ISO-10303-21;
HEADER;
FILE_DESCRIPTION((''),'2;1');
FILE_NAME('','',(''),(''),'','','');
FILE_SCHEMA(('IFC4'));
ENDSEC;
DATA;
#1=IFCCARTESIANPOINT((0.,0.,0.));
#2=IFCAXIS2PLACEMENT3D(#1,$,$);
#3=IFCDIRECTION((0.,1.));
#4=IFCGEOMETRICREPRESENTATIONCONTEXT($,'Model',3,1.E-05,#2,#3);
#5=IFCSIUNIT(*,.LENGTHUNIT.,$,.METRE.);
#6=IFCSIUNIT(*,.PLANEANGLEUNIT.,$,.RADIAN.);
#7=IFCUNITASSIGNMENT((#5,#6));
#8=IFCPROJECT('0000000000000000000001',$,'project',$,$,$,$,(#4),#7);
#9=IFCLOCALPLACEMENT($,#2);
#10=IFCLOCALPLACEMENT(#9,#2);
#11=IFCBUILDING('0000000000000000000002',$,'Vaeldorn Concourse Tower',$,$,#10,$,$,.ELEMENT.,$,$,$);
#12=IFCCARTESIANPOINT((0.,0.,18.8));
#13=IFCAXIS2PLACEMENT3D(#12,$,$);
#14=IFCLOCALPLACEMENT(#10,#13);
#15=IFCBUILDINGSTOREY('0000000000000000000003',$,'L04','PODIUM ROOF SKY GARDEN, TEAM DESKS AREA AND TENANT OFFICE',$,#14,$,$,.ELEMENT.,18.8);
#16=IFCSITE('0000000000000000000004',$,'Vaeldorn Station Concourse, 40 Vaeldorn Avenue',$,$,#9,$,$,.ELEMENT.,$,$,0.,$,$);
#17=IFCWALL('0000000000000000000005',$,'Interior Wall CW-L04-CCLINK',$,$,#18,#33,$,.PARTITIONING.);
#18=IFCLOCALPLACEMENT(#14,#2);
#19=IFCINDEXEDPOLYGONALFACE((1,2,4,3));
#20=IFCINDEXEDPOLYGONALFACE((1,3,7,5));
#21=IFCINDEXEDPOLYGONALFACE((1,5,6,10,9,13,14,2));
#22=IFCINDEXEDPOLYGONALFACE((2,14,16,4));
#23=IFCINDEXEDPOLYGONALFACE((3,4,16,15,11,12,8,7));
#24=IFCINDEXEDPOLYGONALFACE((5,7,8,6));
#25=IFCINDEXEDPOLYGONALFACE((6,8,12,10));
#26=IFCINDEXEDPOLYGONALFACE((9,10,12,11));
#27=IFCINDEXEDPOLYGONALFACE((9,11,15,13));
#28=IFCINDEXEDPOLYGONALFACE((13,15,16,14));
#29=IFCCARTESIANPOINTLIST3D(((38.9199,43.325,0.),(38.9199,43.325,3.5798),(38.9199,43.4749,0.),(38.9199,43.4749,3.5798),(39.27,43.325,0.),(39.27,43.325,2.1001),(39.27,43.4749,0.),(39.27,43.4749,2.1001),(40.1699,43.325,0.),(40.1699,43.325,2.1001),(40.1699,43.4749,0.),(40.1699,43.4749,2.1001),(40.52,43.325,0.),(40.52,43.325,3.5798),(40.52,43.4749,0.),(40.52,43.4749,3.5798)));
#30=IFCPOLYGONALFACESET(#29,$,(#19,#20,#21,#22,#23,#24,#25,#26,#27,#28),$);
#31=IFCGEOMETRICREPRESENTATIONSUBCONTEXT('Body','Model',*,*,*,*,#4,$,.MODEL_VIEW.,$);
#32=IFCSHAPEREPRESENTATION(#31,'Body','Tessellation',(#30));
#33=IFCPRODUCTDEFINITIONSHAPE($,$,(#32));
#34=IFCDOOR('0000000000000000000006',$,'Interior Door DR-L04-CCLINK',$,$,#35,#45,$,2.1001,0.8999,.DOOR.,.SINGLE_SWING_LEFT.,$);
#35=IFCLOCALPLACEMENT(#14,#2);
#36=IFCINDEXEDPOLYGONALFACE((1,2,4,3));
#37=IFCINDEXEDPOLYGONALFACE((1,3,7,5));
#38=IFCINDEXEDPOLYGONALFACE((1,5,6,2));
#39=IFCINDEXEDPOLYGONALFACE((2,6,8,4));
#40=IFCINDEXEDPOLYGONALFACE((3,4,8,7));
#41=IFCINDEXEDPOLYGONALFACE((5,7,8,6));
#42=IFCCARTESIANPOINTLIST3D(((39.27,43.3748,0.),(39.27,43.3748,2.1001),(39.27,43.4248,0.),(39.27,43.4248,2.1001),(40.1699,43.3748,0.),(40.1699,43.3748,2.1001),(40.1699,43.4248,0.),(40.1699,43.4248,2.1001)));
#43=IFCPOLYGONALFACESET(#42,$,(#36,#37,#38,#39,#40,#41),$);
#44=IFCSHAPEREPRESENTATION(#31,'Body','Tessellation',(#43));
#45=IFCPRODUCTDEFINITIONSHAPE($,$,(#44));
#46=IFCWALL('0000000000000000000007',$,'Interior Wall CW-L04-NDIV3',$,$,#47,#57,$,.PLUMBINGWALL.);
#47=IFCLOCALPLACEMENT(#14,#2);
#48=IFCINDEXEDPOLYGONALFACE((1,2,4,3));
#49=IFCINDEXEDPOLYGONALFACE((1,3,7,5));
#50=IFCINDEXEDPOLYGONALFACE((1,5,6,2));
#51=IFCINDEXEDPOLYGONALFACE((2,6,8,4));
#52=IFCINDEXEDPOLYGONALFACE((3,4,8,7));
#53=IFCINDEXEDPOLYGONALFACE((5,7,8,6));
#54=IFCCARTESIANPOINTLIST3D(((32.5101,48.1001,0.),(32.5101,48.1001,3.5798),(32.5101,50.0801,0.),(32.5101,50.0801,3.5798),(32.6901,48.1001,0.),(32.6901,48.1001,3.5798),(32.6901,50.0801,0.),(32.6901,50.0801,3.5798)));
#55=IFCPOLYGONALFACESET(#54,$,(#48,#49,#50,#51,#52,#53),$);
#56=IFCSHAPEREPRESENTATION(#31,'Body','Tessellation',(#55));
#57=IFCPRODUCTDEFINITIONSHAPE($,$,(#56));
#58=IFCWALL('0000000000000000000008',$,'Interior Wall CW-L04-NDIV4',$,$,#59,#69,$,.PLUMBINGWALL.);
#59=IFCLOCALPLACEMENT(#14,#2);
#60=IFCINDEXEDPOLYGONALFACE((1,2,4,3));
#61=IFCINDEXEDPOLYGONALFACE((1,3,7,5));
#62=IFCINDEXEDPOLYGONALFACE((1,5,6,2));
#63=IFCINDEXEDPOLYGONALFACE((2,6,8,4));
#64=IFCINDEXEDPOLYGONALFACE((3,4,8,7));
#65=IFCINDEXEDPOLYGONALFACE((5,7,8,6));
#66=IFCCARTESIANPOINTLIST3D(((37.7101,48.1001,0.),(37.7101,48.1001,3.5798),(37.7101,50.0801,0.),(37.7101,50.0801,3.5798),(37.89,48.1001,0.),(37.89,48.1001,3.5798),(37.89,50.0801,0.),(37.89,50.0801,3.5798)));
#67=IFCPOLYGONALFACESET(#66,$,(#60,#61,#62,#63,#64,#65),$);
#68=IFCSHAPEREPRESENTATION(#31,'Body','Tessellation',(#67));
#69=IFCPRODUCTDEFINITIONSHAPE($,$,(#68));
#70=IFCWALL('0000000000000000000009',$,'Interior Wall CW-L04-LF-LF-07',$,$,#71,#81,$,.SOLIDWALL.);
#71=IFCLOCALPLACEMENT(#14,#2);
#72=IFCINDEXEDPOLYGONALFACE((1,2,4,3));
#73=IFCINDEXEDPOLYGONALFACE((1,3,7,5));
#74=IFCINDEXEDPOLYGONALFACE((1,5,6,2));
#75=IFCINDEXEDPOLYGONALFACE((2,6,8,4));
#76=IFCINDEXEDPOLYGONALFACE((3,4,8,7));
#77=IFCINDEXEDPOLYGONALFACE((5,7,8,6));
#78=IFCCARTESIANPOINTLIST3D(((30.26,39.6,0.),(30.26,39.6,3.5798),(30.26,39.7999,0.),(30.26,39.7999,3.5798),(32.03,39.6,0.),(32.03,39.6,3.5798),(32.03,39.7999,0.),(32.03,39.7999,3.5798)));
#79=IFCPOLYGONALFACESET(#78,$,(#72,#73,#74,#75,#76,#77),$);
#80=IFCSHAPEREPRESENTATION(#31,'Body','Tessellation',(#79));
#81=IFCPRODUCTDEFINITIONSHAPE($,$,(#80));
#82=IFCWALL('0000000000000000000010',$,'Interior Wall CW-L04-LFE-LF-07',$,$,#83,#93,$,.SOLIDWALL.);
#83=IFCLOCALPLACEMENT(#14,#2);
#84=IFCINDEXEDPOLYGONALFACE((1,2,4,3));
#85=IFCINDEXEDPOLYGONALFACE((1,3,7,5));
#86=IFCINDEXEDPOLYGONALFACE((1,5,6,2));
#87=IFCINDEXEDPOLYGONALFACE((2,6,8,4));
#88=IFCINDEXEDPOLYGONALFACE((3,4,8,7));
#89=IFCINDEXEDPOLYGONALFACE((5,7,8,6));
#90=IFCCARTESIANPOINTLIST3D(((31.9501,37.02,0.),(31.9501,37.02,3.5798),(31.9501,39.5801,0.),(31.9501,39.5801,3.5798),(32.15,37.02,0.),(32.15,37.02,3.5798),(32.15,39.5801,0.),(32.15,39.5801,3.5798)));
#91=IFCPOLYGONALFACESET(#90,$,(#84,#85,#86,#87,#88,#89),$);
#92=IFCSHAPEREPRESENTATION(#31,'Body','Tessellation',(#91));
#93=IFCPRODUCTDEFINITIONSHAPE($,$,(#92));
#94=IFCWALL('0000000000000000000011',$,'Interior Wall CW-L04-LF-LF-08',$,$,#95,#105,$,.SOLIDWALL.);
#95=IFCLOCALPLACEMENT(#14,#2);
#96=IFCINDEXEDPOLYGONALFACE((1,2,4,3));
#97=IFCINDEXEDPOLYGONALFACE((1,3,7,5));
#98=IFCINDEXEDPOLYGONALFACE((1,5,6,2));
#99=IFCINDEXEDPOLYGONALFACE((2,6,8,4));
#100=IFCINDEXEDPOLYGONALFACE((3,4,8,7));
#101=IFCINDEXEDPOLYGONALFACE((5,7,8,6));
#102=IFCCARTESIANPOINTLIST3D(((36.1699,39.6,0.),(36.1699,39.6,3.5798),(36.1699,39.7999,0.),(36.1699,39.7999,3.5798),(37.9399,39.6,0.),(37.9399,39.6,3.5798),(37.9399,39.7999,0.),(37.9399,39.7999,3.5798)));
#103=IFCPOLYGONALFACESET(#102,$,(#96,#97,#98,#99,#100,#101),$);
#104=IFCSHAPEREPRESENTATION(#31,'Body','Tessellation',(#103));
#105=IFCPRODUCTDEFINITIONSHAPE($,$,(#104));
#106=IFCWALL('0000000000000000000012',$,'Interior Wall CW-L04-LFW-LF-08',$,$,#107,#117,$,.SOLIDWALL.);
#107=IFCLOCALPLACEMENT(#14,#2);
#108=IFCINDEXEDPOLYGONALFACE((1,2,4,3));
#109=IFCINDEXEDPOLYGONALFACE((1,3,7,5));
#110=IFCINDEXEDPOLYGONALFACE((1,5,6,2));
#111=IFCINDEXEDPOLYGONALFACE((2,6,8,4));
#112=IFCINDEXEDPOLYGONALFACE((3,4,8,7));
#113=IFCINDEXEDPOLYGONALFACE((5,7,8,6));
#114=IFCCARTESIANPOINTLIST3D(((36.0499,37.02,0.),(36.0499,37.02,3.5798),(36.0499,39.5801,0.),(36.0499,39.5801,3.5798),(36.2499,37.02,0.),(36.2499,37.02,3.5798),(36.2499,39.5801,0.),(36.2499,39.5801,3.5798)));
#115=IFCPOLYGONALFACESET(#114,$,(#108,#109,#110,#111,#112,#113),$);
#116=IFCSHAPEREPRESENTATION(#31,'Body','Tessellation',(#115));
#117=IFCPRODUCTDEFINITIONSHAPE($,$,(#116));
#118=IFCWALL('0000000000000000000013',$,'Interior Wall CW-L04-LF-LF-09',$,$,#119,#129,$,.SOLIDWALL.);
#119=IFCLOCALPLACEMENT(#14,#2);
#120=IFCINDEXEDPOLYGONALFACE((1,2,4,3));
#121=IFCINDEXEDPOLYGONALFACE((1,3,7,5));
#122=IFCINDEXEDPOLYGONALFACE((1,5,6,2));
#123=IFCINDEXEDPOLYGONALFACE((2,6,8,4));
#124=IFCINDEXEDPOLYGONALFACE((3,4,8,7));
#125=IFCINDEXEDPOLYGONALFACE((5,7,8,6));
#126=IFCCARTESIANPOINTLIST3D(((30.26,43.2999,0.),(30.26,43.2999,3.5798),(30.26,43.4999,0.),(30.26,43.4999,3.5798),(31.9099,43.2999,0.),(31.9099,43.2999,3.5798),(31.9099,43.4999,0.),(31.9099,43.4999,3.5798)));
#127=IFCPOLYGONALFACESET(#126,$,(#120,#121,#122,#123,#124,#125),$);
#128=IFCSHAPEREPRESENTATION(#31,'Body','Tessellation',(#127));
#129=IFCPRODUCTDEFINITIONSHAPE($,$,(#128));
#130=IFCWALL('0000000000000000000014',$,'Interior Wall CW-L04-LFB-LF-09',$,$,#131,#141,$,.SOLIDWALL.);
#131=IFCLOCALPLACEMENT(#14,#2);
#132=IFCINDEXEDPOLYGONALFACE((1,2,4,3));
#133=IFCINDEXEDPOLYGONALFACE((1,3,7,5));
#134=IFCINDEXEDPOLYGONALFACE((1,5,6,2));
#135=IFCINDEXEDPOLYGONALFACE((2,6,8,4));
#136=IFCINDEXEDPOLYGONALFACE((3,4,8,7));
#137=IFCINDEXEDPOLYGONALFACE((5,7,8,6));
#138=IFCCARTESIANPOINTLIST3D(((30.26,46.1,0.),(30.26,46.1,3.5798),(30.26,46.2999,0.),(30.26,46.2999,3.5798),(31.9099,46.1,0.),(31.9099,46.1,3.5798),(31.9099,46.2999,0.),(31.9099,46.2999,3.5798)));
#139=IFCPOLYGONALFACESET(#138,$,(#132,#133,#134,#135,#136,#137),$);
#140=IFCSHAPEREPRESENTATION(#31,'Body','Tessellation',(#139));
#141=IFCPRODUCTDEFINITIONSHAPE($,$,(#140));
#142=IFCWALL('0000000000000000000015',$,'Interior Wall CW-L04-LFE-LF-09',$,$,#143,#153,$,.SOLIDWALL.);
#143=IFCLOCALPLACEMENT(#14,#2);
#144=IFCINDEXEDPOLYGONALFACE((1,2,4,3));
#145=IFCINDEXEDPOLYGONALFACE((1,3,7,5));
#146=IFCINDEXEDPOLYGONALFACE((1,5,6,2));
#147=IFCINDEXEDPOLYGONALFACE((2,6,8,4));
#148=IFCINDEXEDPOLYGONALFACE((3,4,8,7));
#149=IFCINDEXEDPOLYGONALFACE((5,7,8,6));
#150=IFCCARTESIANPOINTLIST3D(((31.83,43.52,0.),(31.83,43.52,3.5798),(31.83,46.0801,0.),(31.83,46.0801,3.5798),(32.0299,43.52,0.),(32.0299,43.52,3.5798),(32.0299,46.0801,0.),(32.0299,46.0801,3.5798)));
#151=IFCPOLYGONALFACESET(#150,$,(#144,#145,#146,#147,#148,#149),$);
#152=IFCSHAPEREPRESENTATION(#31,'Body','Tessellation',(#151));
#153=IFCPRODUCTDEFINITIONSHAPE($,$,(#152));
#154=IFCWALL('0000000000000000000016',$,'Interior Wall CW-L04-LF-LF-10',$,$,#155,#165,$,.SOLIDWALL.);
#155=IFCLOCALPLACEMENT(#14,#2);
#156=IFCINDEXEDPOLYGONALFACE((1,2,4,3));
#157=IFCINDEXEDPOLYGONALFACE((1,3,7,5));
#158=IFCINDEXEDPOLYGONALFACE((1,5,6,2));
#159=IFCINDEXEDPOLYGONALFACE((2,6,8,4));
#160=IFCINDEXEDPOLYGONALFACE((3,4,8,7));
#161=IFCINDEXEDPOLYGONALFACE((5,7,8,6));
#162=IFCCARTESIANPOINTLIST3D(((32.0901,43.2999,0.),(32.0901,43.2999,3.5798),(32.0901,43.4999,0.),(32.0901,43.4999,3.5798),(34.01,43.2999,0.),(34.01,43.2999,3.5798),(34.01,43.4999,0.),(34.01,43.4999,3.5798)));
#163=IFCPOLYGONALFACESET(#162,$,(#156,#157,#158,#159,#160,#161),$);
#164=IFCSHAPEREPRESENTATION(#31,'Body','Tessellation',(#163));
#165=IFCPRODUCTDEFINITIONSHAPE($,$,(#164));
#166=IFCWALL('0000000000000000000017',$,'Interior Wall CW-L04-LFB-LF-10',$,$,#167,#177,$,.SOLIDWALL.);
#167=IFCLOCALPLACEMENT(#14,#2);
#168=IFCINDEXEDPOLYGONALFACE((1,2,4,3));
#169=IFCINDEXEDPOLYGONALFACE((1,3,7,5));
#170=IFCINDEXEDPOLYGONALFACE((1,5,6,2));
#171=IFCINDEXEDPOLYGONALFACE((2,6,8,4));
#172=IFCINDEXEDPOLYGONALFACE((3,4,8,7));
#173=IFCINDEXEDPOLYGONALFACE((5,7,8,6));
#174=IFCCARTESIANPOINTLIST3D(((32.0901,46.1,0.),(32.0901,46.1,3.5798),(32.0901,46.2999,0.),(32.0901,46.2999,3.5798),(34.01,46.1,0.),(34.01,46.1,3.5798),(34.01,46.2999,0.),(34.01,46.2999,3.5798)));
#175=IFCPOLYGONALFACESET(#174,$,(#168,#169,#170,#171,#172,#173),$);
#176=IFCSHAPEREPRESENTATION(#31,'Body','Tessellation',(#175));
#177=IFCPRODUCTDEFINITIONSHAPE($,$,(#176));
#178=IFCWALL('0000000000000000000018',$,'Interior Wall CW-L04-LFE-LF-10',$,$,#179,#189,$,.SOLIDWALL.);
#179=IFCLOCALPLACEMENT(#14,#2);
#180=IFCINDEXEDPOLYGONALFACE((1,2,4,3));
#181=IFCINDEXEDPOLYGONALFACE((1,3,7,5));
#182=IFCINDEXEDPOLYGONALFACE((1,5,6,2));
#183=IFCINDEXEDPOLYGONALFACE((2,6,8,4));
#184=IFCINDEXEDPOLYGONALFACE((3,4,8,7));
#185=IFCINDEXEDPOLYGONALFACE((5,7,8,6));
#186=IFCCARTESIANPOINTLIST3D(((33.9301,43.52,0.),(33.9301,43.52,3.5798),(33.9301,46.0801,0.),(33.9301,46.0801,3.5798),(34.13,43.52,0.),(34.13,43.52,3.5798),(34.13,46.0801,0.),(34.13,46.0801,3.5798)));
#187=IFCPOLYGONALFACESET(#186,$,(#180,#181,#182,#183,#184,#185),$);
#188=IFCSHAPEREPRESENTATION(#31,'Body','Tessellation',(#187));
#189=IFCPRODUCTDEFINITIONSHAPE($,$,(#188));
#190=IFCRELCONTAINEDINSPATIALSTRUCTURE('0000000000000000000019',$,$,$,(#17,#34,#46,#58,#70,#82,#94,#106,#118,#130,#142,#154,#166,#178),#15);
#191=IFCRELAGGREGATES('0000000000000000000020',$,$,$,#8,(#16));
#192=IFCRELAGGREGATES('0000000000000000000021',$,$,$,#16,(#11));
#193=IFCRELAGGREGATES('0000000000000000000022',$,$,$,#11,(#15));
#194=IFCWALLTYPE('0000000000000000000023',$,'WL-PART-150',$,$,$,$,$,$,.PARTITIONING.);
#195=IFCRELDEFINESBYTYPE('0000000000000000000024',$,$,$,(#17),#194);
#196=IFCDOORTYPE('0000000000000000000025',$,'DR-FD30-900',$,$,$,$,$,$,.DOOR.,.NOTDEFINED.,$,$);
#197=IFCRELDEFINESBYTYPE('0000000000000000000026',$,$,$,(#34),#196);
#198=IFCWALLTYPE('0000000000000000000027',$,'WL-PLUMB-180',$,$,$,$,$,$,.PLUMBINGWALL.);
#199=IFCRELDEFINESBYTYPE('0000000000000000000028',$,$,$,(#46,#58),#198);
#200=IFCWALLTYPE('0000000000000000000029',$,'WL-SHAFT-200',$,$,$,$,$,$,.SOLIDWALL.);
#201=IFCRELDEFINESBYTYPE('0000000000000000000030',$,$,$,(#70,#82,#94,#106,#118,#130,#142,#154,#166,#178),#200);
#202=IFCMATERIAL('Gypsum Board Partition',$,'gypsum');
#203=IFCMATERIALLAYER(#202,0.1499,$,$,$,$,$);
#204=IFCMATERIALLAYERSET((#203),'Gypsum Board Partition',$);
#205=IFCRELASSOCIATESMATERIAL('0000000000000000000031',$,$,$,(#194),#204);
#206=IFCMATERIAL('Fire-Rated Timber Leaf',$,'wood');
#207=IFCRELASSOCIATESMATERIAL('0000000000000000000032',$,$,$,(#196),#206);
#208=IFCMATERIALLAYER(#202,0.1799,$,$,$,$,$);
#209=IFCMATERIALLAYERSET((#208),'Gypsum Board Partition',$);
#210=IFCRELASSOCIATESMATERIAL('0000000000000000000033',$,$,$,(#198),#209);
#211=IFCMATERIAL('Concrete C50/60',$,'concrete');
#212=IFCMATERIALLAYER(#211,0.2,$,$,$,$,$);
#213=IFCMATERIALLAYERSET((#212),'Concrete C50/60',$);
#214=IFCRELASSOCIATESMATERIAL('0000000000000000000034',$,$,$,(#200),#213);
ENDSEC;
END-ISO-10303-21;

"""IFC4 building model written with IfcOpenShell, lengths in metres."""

from ifc_helpers import new_model, si_unit, direction, frame, frame_2d, origin, place, context, subcontext, project, spatial, rectangle, extrude, source, transform, mapped, material, layer, layer_set, type_object, element, fill, save


model = new_model("IFC4")

# Units and contexts
model_context = context("Model", 3, precision=1e-05, world=origin(), true_north=direction((0.0, 1.0)))
body_context = subcontext(model_context, "Body", "Model", "MODEL_VIEW")
ifc_project = project(units=[si_unit("LENGTHUNIT", "METRE"), si_unit("PLANEANGLEUNIT", "RADIAN")], contexts=[model_context])

# Site, building, storey
site_placement = place(None, origin())
site = spatial("IfcSite", under=ifc_project, at=site_placement, Name="Vaeldorn Station Concourse, 40 Vaeldorn Avenue", CompositionType="ELEMENT", RefElevation=0.0)
building_placement = place(site_placement, origin())
building = spatial("IfcBuilding", under=site, at=building_placement, Name="Vaeldorn Concourse Tower", CompositionType="ELEMENT")
storey_placement = place(building_placement, frame((0.0, 0.0, 18.8)))
storey = spatial("IfcBuildingStorey", under=building, at=storey_placement, Name="L04", Description="PODIUM ROOF SKY GARDEN, TEAM DESKS AREA AND TENANT OFFICE", CompositionType="ELEMENT", Elevation=18.8)

# Wall, opening, door
ifc_material_1 = material(Name="Gypsum Board Partition", Category="gypsum")
ifc_layer_1 = layer(ifc_material_1, 0.1499)
ifc_layer_set_1 = layer_set([ifc_layer_1], Name="Gypsum Board Partition")
wall_type_1 = type_object("IfcWallType", Name="WL-PART-150", PredefinedType="PARTITIONING", material=ifc_layer_set_1)
wall_1_placement = place(storey_placement, frame((38.9199, 43.3999, 0.0), z_axis=(0.0, 0.0, 1.0), x_axis=(1.0, 0.0, 0.0)))
wall_1 = element("IfcWall", 1, at=wall_1_placement, inside=storey, type_object=wall_type_1, Name="Interior Wall CW-L04-CCLINK", PredefinedType="PARTITIONING", context=body_context, shape_type="SweptSolid", body=[
    extrude(rectangle(XDim=1.6001, YDim=0.1499, at=frame_2d((0.8, 0.0))), origin(), (0.0, 0.0, 1.0), 3.5798),
])
opening_placement = place(wall_1_placement, frame((0.3501, 0.0, 0.0)))
opening = element("IfcOpeningElement", 2, at=opening_placement, cuts=wall_1, PredefinedType="OPENING", context=body_context, shape_type="SweptSolid", body=[
    extrude(rectangle(XDim=0.8999, YDim=2.1001, at=frame_2d((0.45, 1.05))), frame((0.0, 0.085, 0.0), z_axis=(0.0, -1.0, 0.0), x_axis=(1.0, 0.0, 0.0)), (0.0, 0.0, 1.0), 0.1699),
])
ifc_material_2 = material(Name="Fire-Rated Timber Leaf", Category="wood")
door_type = type_object("IfcDoorType", Name="DR-FD30-900", OperationType="NOTDEFINED", PredefinedType="DOOR", material=ifc_material_2)
shared_shape_1 = source(origin(), body_context, "Body", "SweptSolid", [
    extrude(rectangle(XDim=0.8999, YDim=2.1001, at=frame_2d((0.45, 1.05))), frame((0.0, 0.0249, 0.0), z_axis=(0.0, -1.0, 0.0), x_axis=(1.0, 0.0, 0.0)), (0.0, 0.0, 1.0), 0.05),
])
door_placement = place(opening_placement, origin())
door = element("IfcDoor", 3, at=door_placement, inside=storey, type_object=door_type, Name="Interior Door DR-L04-CCLINK", OperationType="SINGLE_SWING_LEFT", OverallHeight=2.1001, OverallWidth=0.8999, PredefinedType="DOOR", context=body_context, shape_type="MappedRepresentation", body=[
    mapped(shared_shape_1, transform((0.0, 0.0, 0.0), scale=1.0)),
])
fill(opening, door)

# Walls
ifc_layer_2 = layer(ifc_material_1, 0.1799)
ifc_layer_set_2 = layer_set([ifc_layer_2], Name="Gypsum Board Partition")
wall_type_2 = type_object("IfcWallType", Name="WL-PLUMB-180", PredefinedType="PLUMBINGWALL", material=ifc_layer_set_2)
for number, where, z_axis, x_axis, name in (
    (4, (32.6001, 48.1001, 0.0), (0.0, 0.0, 1.0), (0.0, 1.0, 0.0), "Interior Wall CW-L04-NDIV3"),
    (5, (37.8, 48.1001, 0.0), (0.0, 0.0, 1.0), (0.0, 1.0, 0.0), "Interior Wall CW-L04-NDIV4"),
):
    element("IfcWall", number, at=place(storey_placement, frame(where, z_axis=z_axis, x_axis=x_axis)), inside=storey, type_object=wall_type_2, Name=name, PredefinedType="PLUMBINGWALL", context=body_context, shape_type="SweptSolid", body=[
        extrude(rectangle(XDim=1.98, YDim=0.1799, at=frame_2d((0.99, 0.0))), origin(), (0.0, 0.0, 1.0), 3.5798),
    ])
ifc_material_3 = material(Name="Concrete C50/60", Category="concrete")
ifc_layer_3 = layer(ifc_material_3, 0.2)
ifc_layer_set_3 = layer_set([ifc_layer_3], Name="Concrete C50/60")
wall_type_3 = type_object("IfcWallType", Name="WL-SHAFT-200", PredefinedType="SOLIDWALL", material=ifc_layer_set_3)
wall_2_placement = place(storey_placement, frame((30.26, 39.7, 0.0), z_axis=(0.0, 0.0, 1.0), x_axis=(1.0, 0.0, 0.0)))
element("IfcWall", 6, at=wall_2_placement, inside=storey, type_object=wall_type_3, Name="Interior Wall CW-L04-LF-LF-07", PredefinedType="SOLIDWALL", context=body_context, shape_type="SweptSolid", body=[
    extrude(rectangle(XDim=1.77, YDim=0.2, at=frame_2d((0.885, 0.0))), origin(), (0.0, 0.0, 1.0), 3.5798),
])
wall_3_placement = place(storey_placement, frame((32.05, 37.02, 0.0), z_axis=(0.0, 0.0, 1.0), x_axis=(0.0, 1.0, 0.0)))
element("IfcWall", 7, at=wall_3_placement, inside=storey, type_object=wall_type_3, Name="Interior Wall CW-L04-LFE-LF-07", PredefinedType="SOLIDWALL", context=body_context, shape_type="SweptSolid", body=[
    extrude(rectangle(XDim=2.5601, YDim=0.2, at=frame_2d((1.28, 0.0))), origin(), (0.0, 0.0, 1.0), 3.5798),
])
wall_4_placement = place(storey_placement, frame((36.1699, 39.7, 0.0), z_axis=(0.0, 0.0, 1.0), x_axis=(1.0, 0.0, 0.0)))
element("IfcWall", 8, at=wall_4_placement, inside=storey, type_object=wall_type_3, Name="Interior Wall CW-L04-LF-LF-08", PredefinedType="SOLIDWALL", context=body_context, shape_type="SweptSolid", body=[
    extrude(rectangle(XDim=1.77, YDim=0.2, at=frame_2d((0.885, 0.0))), origin(), (0.0, 0.0, 1.0), 3.5798),
])
wall_5_placement = place(storey_placement, frame((36.1499, 37.02, 0.0), z_axis=(0.0, 0.0, 1.0), x_axis=(0.0, 1.0, 0.0)))
element("IfcWall", 9, at=wall_5_placement, inside=storey, type_object=wall_type_3, Name="Interior Wall CW-L04-LFW-LF-08", PredefinedType="SOLIDWALL", context=body_context, shape_type="SweptSolid", body=[
    extrude(rectangle(XDim=2.5601, YDim=0.2, at=frame_2d((1.28, 0.0))), origin(), (0.0, 0.0, 1.0), 3.5798),
])
for number, where, z_axis, x_axis, name in (
    (10, (30.26, 43.3999, 0.0), (0.0, 0.0, 1.0), (1.0, 0.0, 0.0), "Interior Wall CW-L04-LF-LF-09"),
    (11, (30.26, 46.2, 0.0), (0.0, 0.0, 1.0), (1.0, 0.0, 0.0), "Interior Wall CW-L04-LFB-LF-09"),
):
    element("IfcWall", number, at=place(storey_placement, frame(where, z_axis=z_axis, x_axis=x_axis)), inside=storey, type_object=wall_type_3, Name=name, PredefinedType="SOLIDWALL", context=body_context, shape_type="SweptSolid", body=[
        extrude(rectangle(XDim=1.6499, YDim=0.2, at=frame_2d((0.825, 0.0))), origin(), (0.0, 0.0, 1.0), 3.5798),
    ])
wall_6_placement = place(storey_placement, frame((31.9299, 43.52, 0.0), z_axis=(0.0, 0.0, 1.0), x_axis=(0.0, 1.0, 0.0)))
element("IfcWall", 12, at=wall_6_placement, inside=storey, type_object=wall_type_3, Name="Interior Wall CW-L04-LFE-LF-09", PredefinedType="SOLIDWALL", context=body_context, shape_type="SweptSolid", body=[
    extrude(rectangle(XDim=2.5601, YDim=0.2, at=frame_2d((1.28, 0.0))), origin(), (0.0, 0.0, 1.0), 3.5798),
])
for number, where, z_axis, x_axis, name in (
    (13, (32.0901, 43.3999, 0.0), (0.0, 0.0, 1.0), (1.0, 0.0, 0.0), "Interior Wall CW-L04-LF-LF-10"),
    (14, (32.0901, 46.2, 0.0), (0.0, 0.0, 1.0), (1.0, 0.0, 0.0), "Interior Wall CW-L04-LFB-LF-10"),
):
    element("IfcWall", number, at=place(storey_placement, frame(where, z_axis=z_axis, x_axis=x_axis)), inside=storey, type_object=wall_type_3, Name=name, PredefinedType="SOLIDWALL", context=body_context, shape_type="SweptSolid", body=[
        extrude(rectangle(XDim=1.9199, YDim=0.2, at=frame_2d((0.96, 0.0))), origin(), (0.0, 0.0, 1.0), 3.5798),
    ])
wall_7_placement = place(storey_placement, frame((34.03, 43.52, 0.0), z_axis=(0.0, 0.0, 1.0), x_axis=(0.0, 1.0, 0.0)))
element("IfcWall", 15, at=wall_7_placement, inside=storey, type_object=wall_type_3, Name="Interior Wall CW-L04-LFE-LF-10", PredefinedType="SOLIDWALL", context=body_context, shape_type="SweptSolid", body=[
    extrude(rectangle(XDim=2.5601, YDim=0.2, at=frame_2d((1.28, 0.0))), origin(), (0.0, 0.0, 1.0), 3.5798),
])

save(model, "model.ifc")
